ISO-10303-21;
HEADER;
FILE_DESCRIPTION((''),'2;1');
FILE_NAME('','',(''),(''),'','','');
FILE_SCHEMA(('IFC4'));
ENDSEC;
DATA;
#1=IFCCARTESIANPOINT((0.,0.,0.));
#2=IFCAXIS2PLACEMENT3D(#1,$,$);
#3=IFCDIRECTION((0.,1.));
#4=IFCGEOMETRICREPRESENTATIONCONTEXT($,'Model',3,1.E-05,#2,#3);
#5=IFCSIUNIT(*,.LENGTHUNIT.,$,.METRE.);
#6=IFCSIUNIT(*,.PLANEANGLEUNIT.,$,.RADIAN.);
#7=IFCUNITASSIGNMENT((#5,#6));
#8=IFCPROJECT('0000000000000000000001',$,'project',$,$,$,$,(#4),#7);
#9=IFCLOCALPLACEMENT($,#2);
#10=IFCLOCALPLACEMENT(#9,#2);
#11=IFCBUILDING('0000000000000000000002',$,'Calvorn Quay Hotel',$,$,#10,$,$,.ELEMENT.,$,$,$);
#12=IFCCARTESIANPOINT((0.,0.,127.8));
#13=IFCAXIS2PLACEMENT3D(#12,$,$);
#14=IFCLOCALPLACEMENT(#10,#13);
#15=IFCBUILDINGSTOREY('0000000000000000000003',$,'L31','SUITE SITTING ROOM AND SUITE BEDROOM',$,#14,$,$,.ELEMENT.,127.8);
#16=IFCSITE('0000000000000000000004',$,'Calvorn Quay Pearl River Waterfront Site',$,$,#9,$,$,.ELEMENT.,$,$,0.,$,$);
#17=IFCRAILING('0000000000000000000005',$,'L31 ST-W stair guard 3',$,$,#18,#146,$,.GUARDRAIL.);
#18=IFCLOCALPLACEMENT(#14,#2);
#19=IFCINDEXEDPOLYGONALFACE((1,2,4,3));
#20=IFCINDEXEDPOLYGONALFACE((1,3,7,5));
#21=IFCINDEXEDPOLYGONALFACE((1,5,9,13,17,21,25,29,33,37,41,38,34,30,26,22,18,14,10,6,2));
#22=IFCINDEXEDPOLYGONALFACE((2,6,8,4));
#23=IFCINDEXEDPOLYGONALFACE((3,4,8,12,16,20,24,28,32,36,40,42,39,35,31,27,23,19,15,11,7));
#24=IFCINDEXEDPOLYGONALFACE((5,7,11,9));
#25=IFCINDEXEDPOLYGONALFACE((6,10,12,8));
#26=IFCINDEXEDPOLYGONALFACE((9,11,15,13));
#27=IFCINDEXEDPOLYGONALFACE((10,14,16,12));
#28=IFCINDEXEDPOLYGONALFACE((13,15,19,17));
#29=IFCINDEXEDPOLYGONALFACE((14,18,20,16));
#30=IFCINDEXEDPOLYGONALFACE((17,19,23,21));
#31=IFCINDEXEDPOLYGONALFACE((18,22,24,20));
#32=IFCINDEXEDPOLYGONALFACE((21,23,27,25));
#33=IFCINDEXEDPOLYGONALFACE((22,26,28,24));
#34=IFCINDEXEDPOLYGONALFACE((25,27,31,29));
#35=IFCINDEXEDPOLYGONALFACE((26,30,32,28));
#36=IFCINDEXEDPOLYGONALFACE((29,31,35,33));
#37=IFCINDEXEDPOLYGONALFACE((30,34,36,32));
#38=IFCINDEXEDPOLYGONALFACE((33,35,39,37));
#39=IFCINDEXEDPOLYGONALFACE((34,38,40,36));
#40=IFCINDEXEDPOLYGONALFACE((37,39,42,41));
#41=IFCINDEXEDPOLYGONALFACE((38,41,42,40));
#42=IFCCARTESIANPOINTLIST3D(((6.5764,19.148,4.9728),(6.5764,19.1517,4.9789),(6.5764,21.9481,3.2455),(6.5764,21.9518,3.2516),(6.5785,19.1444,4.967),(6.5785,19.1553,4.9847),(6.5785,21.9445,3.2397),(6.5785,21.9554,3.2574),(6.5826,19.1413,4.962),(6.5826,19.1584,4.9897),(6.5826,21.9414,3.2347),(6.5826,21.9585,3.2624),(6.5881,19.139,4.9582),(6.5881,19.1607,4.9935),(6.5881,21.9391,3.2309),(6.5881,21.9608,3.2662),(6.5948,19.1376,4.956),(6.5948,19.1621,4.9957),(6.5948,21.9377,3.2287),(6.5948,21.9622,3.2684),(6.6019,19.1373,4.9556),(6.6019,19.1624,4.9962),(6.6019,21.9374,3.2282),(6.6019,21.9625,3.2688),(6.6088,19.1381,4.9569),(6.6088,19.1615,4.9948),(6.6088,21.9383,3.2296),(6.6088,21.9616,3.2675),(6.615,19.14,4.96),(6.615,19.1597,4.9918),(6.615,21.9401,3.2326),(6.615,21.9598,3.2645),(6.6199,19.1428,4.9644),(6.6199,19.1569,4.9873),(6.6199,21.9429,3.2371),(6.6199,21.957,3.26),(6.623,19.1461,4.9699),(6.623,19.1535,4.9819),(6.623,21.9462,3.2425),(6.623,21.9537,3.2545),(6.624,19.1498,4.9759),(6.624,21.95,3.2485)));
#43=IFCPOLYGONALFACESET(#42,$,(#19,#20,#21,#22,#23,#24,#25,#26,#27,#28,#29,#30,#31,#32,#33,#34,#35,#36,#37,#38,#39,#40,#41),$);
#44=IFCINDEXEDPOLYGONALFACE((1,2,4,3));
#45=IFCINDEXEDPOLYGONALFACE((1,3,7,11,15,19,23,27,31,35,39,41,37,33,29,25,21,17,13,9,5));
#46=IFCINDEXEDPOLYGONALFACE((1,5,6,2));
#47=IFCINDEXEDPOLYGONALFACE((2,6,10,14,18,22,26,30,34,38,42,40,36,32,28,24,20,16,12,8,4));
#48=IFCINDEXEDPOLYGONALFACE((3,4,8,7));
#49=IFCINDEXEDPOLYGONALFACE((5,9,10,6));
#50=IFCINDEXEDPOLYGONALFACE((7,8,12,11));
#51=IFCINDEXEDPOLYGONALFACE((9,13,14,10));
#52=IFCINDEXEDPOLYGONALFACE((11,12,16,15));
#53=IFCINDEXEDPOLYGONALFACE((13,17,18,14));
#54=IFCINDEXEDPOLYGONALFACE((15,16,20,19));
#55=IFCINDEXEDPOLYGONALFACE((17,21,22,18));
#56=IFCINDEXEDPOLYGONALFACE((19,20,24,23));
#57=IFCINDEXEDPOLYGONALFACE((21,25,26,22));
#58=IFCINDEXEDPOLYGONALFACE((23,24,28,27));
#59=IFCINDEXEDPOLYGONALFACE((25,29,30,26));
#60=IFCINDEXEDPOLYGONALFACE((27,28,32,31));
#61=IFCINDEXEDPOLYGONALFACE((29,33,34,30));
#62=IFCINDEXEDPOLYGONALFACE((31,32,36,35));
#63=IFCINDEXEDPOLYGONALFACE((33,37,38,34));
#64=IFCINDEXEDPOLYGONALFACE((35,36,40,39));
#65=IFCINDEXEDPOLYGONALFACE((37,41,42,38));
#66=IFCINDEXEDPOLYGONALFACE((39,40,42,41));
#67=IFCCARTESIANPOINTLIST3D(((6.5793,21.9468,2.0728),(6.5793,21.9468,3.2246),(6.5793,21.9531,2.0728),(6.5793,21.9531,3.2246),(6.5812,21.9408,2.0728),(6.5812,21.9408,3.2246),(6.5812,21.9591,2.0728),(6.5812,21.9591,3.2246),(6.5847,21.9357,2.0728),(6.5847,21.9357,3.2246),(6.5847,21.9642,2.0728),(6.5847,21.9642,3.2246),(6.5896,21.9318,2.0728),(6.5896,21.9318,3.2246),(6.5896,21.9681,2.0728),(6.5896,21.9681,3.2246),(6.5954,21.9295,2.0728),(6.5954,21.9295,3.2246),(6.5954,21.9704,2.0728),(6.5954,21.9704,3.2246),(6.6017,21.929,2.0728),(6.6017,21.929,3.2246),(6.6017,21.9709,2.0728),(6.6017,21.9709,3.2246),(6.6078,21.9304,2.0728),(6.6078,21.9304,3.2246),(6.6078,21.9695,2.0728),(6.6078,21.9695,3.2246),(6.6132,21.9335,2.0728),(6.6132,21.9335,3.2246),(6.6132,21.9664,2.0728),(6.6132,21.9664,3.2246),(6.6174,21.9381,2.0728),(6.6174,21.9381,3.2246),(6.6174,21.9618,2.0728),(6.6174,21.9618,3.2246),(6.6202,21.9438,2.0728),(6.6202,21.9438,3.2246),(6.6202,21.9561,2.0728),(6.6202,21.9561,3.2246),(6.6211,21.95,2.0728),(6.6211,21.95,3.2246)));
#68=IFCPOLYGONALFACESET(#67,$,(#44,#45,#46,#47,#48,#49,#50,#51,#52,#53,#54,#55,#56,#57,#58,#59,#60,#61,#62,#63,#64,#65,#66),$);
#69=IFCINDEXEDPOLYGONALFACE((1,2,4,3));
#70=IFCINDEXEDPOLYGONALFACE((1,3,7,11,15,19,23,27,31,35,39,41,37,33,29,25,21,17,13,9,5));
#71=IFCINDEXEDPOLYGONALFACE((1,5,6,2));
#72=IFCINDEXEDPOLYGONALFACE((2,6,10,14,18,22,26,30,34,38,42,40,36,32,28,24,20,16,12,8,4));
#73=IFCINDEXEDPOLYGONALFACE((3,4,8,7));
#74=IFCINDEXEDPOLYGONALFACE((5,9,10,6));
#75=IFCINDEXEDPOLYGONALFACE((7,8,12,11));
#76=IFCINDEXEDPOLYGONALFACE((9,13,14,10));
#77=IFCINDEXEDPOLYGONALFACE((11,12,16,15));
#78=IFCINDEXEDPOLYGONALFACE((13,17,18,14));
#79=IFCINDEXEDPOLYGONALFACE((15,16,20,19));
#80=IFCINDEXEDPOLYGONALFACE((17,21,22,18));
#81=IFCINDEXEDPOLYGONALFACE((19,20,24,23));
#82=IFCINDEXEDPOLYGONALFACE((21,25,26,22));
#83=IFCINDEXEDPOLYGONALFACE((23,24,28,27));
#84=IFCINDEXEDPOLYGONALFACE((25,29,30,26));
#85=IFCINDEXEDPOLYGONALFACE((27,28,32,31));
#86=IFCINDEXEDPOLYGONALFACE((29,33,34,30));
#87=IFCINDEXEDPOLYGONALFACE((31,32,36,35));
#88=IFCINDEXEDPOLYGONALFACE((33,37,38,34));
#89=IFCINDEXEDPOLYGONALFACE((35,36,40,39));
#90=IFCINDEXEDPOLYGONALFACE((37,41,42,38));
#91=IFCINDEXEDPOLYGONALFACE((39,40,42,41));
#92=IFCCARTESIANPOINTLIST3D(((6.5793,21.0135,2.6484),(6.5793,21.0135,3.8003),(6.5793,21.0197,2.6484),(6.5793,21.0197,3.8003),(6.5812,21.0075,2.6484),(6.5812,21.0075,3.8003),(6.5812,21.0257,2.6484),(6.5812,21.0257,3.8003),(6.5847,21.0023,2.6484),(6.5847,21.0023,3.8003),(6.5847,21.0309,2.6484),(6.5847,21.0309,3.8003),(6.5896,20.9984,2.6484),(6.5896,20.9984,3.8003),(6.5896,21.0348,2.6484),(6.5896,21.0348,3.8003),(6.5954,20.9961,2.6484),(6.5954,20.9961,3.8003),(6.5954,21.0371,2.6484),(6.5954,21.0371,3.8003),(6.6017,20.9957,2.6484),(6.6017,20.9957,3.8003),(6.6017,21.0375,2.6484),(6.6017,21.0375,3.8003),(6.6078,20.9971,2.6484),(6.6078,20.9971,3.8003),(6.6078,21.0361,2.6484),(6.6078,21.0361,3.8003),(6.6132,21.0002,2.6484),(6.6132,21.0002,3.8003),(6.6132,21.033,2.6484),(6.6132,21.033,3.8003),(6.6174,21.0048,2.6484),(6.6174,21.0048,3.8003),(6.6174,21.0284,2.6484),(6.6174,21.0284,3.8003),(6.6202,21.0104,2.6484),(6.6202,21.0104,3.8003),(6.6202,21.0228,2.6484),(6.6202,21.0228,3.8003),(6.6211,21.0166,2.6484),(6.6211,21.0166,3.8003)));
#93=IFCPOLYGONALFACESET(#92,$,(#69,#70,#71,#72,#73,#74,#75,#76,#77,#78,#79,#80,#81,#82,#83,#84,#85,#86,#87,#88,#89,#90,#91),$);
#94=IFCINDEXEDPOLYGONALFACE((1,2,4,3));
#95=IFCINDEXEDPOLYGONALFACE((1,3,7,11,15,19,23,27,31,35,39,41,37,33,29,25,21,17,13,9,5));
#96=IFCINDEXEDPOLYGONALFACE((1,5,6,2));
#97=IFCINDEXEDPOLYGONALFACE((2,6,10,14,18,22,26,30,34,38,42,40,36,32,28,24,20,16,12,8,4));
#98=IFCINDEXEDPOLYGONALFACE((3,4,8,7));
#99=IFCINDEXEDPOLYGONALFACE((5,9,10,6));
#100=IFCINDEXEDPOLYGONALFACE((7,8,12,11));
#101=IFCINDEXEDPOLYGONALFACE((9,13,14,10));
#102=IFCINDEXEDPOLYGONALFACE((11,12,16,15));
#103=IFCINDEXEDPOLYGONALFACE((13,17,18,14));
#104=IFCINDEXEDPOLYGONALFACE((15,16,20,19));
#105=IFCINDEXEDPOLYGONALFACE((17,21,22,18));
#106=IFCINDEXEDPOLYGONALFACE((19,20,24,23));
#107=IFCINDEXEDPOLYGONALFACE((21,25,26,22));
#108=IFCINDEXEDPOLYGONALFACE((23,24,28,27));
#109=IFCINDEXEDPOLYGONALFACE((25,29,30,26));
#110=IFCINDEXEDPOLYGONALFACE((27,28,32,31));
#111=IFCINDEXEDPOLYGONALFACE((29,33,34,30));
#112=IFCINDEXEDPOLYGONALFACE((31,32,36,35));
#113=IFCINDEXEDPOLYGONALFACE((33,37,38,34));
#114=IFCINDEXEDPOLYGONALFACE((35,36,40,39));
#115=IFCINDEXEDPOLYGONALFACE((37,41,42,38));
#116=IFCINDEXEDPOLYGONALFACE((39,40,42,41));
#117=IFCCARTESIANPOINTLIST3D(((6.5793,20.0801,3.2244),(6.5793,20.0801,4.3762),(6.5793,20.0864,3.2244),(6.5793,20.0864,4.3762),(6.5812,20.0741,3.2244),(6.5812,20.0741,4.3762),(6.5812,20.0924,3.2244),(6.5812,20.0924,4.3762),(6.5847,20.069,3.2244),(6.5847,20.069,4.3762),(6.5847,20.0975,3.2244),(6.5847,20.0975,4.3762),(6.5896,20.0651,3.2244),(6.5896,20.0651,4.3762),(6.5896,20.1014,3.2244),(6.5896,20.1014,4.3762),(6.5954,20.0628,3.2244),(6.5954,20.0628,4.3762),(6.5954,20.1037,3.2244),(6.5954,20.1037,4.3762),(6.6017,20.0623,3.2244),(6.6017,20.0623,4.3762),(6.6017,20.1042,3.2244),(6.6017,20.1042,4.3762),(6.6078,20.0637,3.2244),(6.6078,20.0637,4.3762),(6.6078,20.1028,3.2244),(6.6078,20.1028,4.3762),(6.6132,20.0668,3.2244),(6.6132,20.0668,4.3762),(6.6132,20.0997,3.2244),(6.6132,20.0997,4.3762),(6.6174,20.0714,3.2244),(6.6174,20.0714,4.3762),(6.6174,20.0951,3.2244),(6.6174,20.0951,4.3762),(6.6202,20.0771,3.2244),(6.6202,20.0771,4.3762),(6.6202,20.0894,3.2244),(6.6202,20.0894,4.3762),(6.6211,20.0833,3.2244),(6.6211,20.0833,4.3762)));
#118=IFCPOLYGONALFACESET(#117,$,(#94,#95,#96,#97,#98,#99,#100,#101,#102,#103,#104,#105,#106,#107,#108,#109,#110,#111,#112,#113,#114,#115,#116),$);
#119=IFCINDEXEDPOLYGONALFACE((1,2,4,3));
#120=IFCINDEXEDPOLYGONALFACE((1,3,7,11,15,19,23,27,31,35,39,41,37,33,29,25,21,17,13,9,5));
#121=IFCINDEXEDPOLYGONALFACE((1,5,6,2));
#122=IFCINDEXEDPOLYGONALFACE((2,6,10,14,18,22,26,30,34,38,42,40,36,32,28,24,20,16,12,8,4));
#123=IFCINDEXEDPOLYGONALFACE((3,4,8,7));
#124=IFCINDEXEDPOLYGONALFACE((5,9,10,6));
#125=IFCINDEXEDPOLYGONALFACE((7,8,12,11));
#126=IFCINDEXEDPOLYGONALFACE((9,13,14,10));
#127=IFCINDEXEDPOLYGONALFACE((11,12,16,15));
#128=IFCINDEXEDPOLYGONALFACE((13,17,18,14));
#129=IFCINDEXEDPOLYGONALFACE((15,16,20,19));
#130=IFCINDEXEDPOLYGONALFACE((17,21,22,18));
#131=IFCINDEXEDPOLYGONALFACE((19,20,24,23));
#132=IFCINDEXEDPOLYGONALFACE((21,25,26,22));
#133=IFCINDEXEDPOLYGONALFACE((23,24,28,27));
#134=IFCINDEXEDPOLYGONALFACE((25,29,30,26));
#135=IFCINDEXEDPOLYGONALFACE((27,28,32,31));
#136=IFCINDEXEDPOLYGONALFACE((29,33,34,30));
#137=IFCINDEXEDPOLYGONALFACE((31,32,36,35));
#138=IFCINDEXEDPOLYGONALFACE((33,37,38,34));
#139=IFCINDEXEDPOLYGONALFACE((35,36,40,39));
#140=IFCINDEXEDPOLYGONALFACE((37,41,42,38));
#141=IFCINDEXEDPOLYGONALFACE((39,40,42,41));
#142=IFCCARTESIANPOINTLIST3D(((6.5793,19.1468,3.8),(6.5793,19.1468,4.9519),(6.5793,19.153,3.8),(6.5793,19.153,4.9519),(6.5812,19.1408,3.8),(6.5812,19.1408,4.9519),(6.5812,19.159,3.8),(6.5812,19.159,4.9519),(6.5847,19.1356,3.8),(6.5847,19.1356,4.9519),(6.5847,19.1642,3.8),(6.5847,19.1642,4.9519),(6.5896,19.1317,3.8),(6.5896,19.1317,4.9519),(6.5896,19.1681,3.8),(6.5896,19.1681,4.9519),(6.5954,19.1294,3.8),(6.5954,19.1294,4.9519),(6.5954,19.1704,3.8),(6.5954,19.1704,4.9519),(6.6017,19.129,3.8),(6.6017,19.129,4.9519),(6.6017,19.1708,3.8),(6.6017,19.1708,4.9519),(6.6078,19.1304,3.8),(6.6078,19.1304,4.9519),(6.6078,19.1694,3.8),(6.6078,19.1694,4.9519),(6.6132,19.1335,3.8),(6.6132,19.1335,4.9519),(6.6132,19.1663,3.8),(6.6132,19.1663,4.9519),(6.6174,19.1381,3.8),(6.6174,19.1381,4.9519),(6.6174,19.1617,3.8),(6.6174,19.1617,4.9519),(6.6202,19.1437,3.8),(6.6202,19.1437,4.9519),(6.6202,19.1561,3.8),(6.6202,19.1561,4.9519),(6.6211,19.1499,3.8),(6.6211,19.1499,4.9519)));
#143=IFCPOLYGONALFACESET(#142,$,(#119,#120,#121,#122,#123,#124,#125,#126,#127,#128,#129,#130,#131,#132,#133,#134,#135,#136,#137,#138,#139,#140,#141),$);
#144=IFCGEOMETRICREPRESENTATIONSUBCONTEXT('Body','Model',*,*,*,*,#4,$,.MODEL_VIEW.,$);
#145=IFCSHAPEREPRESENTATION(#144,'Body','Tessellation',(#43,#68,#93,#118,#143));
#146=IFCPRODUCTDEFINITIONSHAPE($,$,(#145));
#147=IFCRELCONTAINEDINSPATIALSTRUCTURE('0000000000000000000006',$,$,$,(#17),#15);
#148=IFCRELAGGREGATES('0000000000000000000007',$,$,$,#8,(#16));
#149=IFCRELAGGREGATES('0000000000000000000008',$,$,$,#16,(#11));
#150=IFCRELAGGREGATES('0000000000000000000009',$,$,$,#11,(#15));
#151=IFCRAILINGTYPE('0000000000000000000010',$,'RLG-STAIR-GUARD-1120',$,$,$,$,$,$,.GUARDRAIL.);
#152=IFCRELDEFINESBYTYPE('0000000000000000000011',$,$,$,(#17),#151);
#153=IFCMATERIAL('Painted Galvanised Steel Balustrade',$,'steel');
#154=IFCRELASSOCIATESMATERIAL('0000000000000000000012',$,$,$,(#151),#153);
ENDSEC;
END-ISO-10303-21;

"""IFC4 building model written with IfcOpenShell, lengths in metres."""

from ifc_helpers import new_model, si_unit, direction, frame, origin, origin_2d, place, context, subcontext, project, spatial, circle, extrude, material, type_object, element, save


model = new_model("IFC4")

# Units and contexts
model_context = context("Model", 3, precision=1e-05, world=origin(), true_north=direction((0.0, 1.0)))
body_context = subcontext(model_context, "Body", "Model", "MODEL_VIEW")
ifc_project = project(units=[si_unit("LENGTHUNIT", "METRE"), si_unit("PLANEANGLEUNIT", "RADIAN")], contexts=[model_context])

# Site, building, storey
site_placement = place(None, origin())
site = spatial("IfcSite", under=ifc_project, at=site_placement, Name="Calvorn Quay Pearl River Waterfront Site", CompositionType="ELEMENT", RefElevation=0.0)
building_placement = place(site_placement, origin())
building = spatial("IfcBuilding", under=site, at=building_placement, Name="Calvorn Quay Hotel", CompositionType="ELEMENT")
storey_placement = place(building_placement, frame((0.0, 0.0, 127.8)))
storey = spatial("IfcBuildingStorey", under=building, at=storey_placement, Name="L31", Description="SUITE SITTING ROOM AND SUITE BEDROOM", CompositionType="ELEMENT", Elevation=127.8)

# Railing
ifc_material_1 = material(Name="Painted Galvanised Steel Balustrade", Category="steel")
railing_type_1 = type_object("IfcRailingType", Name="RLG-STAIR-GUARD-1120", PredefinedType="GUARDRAIL", material=ifc_material_1)
railing_1_placement = place(storey_placement, frame((6.6001, 21.95, 2.0728)))
element("IfcRailing", 1, at=railing_1_placement, inside=storey, type_object=railing_type_1, Name="L31 ST-W stair guard 3", PredefinedType="GUARDRAIL", context=body_context, shape_type="SweptSolid", body=[
    extrude(circle(Radius=0.0239, at=origin_2d()), frame((0.0, 0.0, 1.1758), z_axis=(0.0, -0.85109, 0.52502), x_axis=(1.0, 0.0, 0.0)), (0.0, 0.0, 1.0), 3.29),
    extrude(circle(Radius=0.021, at=origin_2d()), origin(), (0.0, 0.0, 1.0), 1.1519),
    extrude(circle(Radius=0.021, at=origin_2d()), frame((0.0, -0.9333, 0.5757)), (0.0, 0.0, 1.0), 1.1519),
    extrude(circle(Radius=0.021, at=origin_2d()), frame((0.0, -1.8667, 1.1516)), (0.0, 0.0, 1.0), 1.1519),
    extrude(circle(Radius=0.021, at=origin_2d()), frame((0.0, -2.8, 1.7273)), (0.0, 0.0, 1.0), 1.1519),
])

save(model, "model.ifc")
